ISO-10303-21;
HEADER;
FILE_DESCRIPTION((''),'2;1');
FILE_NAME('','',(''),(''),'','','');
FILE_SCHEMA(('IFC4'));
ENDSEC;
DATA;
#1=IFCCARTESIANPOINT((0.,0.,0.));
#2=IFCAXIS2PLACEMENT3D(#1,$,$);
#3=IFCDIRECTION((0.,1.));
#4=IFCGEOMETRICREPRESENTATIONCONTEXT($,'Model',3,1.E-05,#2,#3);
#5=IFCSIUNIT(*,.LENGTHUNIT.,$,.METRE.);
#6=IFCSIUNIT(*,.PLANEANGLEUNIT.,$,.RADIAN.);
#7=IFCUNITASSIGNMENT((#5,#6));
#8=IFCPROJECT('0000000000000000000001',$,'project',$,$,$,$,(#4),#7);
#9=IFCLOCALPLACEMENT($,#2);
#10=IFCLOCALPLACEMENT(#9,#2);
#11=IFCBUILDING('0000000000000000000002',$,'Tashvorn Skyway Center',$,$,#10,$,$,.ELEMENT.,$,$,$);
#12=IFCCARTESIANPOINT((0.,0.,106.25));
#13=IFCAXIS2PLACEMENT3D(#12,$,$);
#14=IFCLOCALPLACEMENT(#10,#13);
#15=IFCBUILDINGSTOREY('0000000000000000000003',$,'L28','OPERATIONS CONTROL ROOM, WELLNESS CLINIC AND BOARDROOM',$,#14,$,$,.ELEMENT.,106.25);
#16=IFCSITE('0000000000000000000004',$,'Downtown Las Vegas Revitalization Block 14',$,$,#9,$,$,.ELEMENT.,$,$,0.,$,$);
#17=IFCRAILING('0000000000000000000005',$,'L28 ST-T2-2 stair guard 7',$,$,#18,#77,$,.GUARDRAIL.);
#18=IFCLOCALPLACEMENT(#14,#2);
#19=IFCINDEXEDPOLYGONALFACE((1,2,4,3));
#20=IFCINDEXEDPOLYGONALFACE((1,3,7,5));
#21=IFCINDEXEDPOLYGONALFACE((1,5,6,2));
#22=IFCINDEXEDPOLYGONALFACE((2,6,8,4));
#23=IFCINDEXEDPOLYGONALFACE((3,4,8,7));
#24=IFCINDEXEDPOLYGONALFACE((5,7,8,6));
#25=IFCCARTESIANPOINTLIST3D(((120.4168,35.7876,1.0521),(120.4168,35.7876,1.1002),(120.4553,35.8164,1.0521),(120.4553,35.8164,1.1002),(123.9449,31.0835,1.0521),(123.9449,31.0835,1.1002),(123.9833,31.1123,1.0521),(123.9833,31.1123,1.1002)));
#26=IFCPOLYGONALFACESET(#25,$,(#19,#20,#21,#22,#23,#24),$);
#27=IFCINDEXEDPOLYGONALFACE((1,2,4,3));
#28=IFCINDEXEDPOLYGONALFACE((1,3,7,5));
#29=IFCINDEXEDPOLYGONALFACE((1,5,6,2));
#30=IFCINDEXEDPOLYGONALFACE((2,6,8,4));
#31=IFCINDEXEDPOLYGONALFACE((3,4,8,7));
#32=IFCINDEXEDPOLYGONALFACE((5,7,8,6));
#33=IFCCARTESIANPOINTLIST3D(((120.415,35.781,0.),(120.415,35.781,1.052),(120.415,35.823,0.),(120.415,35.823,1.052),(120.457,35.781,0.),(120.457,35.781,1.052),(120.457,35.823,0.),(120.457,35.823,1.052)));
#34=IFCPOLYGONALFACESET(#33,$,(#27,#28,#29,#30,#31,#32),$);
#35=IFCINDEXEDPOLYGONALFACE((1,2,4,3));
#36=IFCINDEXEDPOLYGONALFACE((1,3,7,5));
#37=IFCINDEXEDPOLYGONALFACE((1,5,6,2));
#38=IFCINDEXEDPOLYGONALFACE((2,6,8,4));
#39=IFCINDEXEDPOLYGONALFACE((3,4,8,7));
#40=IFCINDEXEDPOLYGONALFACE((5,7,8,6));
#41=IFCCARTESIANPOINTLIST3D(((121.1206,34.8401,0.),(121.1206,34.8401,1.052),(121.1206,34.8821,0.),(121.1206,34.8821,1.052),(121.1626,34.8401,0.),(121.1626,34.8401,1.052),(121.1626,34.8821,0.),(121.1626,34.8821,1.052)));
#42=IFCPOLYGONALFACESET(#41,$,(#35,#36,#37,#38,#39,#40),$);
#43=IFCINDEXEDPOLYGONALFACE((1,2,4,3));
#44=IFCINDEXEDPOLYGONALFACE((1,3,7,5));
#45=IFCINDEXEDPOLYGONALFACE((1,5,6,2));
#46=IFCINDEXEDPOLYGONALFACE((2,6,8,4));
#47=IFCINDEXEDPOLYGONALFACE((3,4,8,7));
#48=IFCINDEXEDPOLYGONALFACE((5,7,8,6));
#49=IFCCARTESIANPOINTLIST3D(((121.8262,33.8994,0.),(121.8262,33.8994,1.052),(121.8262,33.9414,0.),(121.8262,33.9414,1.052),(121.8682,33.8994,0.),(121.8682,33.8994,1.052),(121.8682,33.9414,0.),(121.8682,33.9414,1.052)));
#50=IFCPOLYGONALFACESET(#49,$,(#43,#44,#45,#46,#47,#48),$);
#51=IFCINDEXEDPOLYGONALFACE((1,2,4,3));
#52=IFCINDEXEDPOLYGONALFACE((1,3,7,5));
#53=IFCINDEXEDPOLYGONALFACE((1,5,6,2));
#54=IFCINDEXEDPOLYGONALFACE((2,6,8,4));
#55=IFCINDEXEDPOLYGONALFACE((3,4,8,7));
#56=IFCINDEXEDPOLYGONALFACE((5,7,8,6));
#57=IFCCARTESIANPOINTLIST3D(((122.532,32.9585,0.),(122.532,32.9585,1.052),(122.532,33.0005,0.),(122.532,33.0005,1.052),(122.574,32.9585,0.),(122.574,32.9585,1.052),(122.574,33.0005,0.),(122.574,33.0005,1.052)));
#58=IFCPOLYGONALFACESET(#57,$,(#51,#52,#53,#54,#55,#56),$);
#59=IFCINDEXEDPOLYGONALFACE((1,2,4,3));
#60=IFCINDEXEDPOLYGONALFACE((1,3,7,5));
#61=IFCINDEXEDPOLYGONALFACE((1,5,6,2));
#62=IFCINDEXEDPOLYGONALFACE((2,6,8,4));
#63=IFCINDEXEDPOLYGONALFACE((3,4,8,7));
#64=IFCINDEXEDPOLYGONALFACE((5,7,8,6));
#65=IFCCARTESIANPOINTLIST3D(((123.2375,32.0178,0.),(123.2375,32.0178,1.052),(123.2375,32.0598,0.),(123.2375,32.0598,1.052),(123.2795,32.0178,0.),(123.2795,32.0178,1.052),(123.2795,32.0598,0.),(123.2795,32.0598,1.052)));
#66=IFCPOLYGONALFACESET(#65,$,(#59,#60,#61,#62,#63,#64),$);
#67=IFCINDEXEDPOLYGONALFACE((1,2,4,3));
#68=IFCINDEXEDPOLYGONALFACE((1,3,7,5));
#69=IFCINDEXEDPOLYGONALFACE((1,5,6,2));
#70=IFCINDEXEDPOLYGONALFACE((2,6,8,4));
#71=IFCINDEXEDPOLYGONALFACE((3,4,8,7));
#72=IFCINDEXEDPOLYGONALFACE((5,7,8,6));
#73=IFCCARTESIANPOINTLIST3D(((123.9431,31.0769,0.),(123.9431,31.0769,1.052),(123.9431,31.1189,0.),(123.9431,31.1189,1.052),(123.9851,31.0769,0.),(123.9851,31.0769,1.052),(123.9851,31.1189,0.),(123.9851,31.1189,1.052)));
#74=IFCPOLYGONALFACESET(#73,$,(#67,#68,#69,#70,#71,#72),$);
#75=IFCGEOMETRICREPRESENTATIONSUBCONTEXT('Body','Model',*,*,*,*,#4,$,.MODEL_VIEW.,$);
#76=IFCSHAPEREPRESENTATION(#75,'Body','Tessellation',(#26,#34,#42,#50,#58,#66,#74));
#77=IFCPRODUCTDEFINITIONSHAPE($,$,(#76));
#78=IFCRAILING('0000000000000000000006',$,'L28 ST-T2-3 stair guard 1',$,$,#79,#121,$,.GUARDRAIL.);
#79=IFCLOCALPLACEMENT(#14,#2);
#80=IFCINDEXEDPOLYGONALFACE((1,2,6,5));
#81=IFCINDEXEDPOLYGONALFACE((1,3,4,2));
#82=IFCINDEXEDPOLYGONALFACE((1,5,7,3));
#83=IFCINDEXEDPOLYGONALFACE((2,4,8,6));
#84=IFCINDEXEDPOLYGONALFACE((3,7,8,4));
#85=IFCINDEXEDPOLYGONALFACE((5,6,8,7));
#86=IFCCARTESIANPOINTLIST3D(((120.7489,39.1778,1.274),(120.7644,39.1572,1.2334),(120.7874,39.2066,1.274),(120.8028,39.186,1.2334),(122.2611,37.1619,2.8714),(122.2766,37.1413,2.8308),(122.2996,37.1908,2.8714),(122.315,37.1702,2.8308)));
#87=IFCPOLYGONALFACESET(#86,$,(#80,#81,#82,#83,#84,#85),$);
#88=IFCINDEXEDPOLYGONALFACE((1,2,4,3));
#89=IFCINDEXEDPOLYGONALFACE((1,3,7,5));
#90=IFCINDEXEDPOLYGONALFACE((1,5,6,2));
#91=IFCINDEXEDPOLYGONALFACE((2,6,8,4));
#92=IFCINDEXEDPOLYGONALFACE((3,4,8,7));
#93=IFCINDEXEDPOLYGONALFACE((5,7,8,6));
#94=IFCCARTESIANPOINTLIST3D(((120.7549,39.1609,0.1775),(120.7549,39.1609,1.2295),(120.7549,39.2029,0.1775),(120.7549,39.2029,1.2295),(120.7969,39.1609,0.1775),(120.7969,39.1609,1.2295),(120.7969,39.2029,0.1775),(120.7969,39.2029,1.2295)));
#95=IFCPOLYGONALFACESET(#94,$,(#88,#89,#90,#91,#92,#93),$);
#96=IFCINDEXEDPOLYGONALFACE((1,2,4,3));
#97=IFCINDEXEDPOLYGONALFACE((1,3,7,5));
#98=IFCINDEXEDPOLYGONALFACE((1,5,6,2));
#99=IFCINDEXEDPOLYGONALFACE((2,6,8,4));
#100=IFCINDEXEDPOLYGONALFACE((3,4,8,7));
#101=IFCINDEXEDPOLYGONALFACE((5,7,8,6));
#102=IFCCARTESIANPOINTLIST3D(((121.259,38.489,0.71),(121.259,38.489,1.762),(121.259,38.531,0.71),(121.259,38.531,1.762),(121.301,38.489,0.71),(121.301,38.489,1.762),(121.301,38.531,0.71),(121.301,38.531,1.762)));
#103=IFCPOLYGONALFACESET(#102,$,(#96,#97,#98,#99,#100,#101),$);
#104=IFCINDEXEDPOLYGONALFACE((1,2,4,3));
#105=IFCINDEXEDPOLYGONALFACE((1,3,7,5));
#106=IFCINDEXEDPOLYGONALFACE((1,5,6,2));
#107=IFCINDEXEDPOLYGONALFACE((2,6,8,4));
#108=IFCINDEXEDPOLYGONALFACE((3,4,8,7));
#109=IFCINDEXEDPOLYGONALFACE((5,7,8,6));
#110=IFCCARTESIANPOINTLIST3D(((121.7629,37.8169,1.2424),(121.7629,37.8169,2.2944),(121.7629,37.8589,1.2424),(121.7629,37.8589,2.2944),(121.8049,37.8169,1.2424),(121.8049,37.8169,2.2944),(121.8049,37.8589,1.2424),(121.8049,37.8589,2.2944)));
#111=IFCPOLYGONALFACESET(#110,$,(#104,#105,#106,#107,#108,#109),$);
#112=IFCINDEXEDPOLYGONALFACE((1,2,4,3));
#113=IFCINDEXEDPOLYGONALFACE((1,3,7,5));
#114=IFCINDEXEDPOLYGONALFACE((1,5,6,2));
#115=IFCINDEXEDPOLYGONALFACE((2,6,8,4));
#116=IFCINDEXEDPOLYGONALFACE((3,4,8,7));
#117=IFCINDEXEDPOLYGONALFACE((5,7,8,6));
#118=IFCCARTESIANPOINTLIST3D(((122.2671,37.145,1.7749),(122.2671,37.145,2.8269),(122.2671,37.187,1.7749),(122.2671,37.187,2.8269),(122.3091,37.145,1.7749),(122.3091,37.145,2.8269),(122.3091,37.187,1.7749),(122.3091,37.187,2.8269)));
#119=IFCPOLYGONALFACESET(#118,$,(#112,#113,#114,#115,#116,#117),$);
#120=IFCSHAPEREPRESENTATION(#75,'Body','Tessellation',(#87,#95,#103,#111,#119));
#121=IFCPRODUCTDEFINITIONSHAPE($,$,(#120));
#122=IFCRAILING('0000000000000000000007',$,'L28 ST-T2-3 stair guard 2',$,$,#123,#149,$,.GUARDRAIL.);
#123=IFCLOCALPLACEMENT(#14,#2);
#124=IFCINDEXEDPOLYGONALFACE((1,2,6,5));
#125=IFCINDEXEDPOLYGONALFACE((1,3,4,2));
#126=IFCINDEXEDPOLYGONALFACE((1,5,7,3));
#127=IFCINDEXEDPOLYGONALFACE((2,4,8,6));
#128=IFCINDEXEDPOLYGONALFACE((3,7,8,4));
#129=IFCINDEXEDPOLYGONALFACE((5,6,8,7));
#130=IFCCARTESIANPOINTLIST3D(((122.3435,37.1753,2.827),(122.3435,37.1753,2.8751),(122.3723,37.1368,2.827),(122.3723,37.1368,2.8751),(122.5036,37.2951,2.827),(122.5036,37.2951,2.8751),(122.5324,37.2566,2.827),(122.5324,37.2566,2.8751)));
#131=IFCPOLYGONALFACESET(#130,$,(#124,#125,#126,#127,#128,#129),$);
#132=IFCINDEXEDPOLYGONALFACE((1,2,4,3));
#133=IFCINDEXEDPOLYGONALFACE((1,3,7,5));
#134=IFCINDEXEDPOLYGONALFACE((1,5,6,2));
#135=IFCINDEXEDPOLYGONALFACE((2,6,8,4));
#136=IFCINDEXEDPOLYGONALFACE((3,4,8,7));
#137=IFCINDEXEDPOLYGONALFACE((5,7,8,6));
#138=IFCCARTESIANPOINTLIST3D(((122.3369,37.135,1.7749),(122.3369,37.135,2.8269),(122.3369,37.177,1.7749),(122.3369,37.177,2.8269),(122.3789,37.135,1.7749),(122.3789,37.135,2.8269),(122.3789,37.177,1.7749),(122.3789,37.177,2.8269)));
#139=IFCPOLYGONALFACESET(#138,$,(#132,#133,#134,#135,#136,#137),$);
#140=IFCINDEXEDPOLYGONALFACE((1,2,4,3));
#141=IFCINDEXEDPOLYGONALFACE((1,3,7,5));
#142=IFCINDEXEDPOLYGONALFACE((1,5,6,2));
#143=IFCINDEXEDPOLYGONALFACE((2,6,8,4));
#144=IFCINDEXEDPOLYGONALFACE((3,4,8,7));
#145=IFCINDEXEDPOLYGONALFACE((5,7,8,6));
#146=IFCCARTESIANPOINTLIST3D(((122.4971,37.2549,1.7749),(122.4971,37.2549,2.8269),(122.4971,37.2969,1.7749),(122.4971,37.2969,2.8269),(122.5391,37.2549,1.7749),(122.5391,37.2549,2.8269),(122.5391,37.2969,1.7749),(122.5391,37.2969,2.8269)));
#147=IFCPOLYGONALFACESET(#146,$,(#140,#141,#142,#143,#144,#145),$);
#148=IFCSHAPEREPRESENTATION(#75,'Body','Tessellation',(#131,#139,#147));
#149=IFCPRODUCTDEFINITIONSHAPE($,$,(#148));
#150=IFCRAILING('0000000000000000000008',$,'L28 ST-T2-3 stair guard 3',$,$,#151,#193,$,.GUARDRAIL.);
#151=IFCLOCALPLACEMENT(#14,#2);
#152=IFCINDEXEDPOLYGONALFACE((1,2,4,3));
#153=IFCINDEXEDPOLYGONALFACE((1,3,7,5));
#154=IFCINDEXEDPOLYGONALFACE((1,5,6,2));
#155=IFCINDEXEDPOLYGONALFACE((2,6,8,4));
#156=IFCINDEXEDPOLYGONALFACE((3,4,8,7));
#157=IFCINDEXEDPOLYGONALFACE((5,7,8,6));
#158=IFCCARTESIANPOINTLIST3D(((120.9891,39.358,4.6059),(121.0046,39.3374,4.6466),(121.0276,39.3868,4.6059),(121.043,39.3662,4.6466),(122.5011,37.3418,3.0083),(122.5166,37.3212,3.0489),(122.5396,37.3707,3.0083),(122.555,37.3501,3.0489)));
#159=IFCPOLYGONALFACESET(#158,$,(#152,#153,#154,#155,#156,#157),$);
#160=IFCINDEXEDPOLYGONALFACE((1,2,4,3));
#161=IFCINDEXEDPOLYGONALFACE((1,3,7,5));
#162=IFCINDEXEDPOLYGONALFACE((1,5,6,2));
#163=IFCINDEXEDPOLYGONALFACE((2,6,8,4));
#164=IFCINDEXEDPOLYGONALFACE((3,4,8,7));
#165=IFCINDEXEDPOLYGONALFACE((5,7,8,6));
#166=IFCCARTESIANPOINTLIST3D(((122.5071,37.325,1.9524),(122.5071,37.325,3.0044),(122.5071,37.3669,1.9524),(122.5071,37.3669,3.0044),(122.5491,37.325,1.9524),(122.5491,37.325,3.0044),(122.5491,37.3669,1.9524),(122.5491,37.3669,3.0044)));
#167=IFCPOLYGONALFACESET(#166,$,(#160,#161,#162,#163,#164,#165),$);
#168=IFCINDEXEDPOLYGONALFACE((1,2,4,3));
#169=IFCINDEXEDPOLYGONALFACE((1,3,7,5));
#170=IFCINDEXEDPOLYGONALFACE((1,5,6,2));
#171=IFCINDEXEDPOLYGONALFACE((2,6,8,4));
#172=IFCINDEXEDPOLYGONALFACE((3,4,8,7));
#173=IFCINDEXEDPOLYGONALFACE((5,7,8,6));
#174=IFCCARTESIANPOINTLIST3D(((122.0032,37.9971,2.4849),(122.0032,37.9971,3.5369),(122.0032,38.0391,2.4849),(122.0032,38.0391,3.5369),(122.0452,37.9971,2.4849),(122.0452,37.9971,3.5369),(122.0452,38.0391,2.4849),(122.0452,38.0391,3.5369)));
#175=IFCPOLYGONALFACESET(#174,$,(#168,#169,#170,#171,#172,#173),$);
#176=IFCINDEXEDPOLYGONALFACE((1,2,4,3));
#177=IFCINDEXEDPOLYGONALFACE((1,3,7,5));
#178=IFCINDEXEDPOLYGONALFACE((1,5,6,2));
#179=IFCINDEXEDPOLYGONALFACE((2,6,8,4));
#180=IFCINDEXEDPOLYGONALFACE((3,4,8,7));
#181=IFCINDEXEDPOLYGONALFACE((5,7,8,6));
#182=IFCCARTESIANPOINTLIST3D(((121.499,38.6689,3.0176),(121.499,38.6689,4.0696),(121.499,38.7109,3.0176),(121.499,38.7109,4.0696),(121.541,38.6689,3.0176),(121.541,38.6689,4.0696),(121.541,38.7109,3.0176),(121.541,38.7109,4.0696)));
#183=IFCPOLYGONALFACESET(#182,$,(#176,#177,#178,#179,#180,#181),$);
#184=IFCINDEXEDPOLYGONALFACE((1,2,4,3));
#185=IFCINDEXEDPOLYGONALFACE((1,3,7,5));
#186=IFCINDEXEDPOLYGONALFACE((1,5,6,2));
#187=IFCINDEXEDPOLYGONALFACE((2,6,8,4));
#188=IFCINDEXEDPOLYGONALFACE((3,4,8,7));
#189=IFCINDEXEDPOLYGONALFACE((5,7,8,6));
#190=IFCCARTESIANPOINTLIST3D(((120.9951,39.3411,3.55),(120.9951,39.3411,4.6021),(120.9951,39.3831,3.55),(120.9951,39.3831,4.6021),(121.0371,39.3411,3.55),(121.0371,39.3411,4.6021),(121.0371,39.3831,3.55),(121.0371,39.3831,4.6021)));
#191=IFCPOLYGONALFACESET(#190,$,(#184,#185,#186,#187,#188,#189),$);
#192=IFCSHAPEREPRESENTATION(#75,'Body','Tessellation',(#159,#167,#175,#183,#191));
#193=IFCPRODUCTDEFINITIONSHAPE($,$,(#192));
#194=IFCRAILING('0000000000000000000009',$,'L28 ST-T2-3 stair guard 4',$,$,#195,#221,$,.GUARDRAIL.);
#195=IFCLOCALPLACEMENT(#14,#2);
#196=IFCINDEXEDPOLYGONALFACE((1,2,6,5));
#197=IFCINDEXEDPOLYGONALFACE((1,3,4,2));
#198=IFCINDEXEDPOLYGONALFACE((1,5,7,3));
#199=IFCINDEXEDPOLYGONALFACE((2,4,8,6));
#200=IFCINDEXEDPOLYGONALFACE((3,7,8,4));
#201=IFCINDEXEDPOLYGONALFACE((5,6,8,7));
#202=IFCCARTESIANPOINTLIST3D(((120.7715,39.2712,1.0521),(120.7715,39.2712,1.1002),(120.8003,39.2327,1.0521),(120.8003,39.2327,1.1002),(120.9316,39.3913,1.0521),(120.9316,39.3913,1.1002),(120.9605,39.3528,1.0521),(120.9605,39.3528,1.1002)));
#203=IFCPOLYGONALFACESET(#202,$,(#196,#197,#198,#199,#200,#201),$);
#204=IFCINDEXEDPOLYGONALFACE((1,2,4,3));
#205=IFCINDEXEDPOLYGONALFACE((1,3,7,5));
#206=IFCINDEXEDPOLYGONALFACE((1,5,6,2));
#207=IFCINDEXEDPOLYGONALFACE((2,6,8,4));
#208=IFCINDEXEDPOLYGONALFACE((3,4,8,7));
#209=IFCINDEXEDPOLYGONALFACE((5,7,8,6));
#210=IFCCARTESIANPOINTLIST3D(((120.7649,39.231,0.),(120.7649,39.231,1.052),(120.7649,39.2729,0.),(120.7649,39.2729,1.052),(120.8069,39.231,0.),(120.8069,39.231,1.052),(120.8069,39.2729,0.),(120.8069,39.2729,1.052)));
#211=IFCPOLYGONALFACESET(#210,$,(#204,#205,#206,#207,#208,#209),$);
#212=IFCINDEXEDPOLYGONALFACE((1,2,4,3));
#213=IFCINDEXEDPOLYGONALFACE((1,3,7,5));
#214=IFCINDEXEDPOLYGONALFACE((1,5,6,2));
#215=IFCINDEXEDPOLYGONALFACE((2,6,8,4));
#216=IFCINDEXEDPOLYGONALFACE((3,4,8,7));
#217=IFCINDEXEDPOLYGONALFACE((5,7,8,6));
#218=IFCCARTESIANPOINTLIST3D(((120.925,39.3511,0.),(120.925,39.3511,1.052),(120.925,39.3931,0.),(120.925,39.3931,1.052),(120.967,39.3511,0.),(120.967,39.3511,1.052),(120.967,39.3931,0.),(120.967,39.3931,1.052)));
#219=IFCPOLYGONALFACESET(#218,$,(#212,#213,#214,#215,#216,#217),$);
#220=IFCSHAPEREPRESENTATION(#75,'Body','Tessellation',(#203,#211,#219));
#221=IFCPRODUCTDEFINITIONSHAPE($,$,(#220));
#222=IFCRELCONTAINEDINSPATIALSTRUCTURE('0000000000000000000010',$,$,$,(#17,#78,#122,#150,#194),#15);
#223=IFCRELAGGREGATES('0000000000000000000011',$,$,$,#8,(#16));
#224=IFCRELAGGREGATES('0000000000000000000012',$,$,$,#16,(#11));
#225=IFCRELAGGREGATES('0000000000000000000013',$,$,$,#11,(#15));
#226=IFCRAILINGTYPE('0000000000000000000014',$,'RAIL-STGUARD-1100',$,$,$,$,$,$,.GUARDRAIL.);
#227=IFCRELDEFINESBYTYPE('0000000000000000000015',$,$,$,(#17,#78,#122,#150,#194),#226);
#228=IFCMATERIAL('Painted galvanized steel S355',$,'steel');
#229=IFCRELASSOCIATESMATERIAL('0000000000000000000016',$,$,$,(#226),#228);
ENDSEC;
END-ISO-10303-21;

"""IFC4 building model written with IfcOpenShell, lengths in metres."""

from ifc_helpers import new_model, si_unit, direction, frame, origin, origin_2d, place, context, subcontext, project, spatial, rectangle, extrude, material, type_object, element, save


model = new_model("IFC4")

# Units and contexts
model_context = context("Model", 3, precision=1e-05, world=origin(), true_north=direction((0.0, 1.0)))
body_context = subcontext(model_context, "Body", "Model", "MODEL_VIEW")
ifc_project = project(units=[si_unit("LENGTHUNIT", "METRE"), si_unit("PLANEANGLEUNIT", "RADIAN")], contexts=[model_context])

# Site, building, storey
site_placement = place(None, origin())
site = spatial("IfcSite", under=ifc_project, at=site_placement, Name="Downtown Las Vegas Revitalization Block 14", CompositionType="ELEMENT", RefElevation=0.0)
building_placement = place(site_placement, origin())
building = spatial("IfcBuilding", under=site, at=building_placement, Name="Tashvorn Skyway Center", CompositionType="ELEMENT")
storey_placement = place(building_placement, frame((0.0, 0.0, 106.25)))
storey = spatial("IfcBuildingStorey", under=building, at=storey_placement, Name="L28", Description="OPERATIONS CONTROL ROOM, WELLNESS CLINIC AND BOARDROOM", CompositionType="ELEMENT", Elevation=106.25)

# Railings
ifc_material_1 = material(Name="Painted galvanized steel S355", Category="steel")
railing_type_1 = type_object("IfcRailingType", Name="RAIL-STGUARD-1100", PredefinedType="GUARDRAIL", material=ifc_material_1)
railing_1_placement = place(storey_placement, frame((120.436, 35.802, 0.0)))
element("IfcRailing", 1, at=railing_1_placement, inside=storey, type_object=railing_type_1, Name="L28 ST-T2-2 stair guard 7", PredefinedType="GUARDRAIL", context=body_context, shape_type="SweptSolid", body=[
    extrude(rectangle(XDim=0.0481, YDim=0.0481, at=origin_2d()), frame((0.0, 0.0, 1.0762), z_axis=(0.6, -0.8, 0.0), x_axis=(0.8, 0.6, 0.0)), (0.0, 0.0, 1.0), 5.8801),
    extrude(rectangle(XDim=0.042, YDim=0.042, at=origin_2d()), origin(), (0.0, 0.0, 1.0), 1.052),
    extrude(rectangle(XDim=0.042, YDim=0.042, at=origin_2d()), frame((0.7056, -0.9409, 0.0)), (0.0, 0.0, 1.0), 1.052),
    extrude(rectangle(XDim=0.042, YDim=0.042, at=origin_2d()), frame((1.4111, -1.8816, 0.0)), (0.0, 0.0, 1.0), 1.052),
    extrude(rectangle(XDim=0.042, YDim=0.042, at=origin_2d()), frame((2.1169, -2.8225, 0.0)), (0.0, 0.0, 1.0), 1.052),
    extrude(rectangle(XDim=0.042, YDim=0.042, at=origin_2d()), frame((2.8225, -3.7632, 0.0)), (0.0, 0.0, 1.0), 1.052),
    extrude(rectangle(XDim=0.042, YDim=0.042, at=origin_2d()), frame((3.5281, -4.7041, 0.0)), (0.0, 0.0, 1.0), 1.052),
])
railing_2_placement = place(storey_placement, frame((120.7759, 39.1819, 0.1775)))
element("IfcRailing", 2, at=railing_2_placement, inside=storey, type_object=railing_type_1, Name="L28 ST-T2-3 stair guard 1", PredefinedType="GUARDRAIL", context=body_context, shape_type="SweptSolid", body=[
    extrude(rectangle(XDim=0.0481, YDim=0.0481, at=origin_2d()), frame((0.0, 0.0, 1.0762), z_axis=(0.50683, -0.675636, 0.535387), x_axis=(0.799942, 0.600078, 0.0)), (0.0, 0.0, 1.0), 2.9836),
    extrude(rectangle(XDim=0.042, YDim=0.042, at=origin_2d()), origin(), (0.0, 0.0, 1.0), 1.052),
    extrude(rectangle(XDim=0.042, YDim=0.042, at=origin_2d()), frame((0.5042, -0.6719, 0.5325)), (0.0, 0.0, 1.0), 1.052),
    extrude(rectangle(XDim=0.042, YDim=0.042, at=origin_2d()), frame((1.0081, -1.344, 1.0649)), (0.0, 0.0, 1.0), 1.052),
    extrude(rectangle(XDim=0.042, YDim=0.042, at=origin_2d()), frame((1.5122, -2.0159, 1.5974)), (0.0, 0.0, 1.0), 1.052),
])
railing_3_placement = place(storey_placement, frame((122.3579, 37.156, 1.7749)))
element("IfcRailing", 3, at=railing_3_placement, inside=storey, type_object=railing_type_1, Name="L28 ST-T2-3 stair guard 2", PredefinedType="GUARDRAIL", context=body_context, shape_type="SweptSolid", body=[
    extrude(rectangle(XDim=0.0481, YDim=0.0481, at=origin_2d()), frame((0.0, 0.0, 1.0762), z_axis=(0.800585, 0.599219, 0.0), x_axis=(-0.599219, 0.800585, 0.0)), (0.0, 0.0, 1.0), 0.2),
    extrude(rectangle(XDim=0.042, YDim=0.042, at=origin_2d()), origin(), (0.0, 0.0, 1.0), 1.052),
    extrude(rectangle(XDim=0.042, YDim=0.042, at=origin_2d()), frame((0.1602, 0.1199, 0.0)), (0.0, 0.0, 1.0), 1.052),
])
railing_4_placement = place(storey_placement, frame((122.5281, 37.3459, 1.9524)))
element("IfcRailing", 4, at=railing_4_placement, inside=storey, type_object=railing_type_1, Name="L28 ST-T2-3 stair guard 3", PredefinedType="GUARDRAIL", context=body_context, shape_type="SweptSolid", body=[
    extrude(rectangle(XDim=0.0481, YDim=0.0481, at=origin_2d()), frame((0.0, 0.0, 1.0762), z_axis=(-0.506719, 0.675679, 0.535438), x_axis=(-0.800023, -0.599969, 0.0)), (0.0, 0.0, 1.0), 2.9839),
    extrude(rectangle(XDim=0.042, YDim=0.042, at=origin_2d()), origin(), (0.0, 0.0, 1.0), 1.052),
    extrude(rectangle(XDim=0.042, YDim=0.042, at=origin_2d()), frame((-0.5039, 0.6721, 0.5325)), (0.0, 0.0, 1.0), 1.052),
    extrude(rectangle(XDim=0.042, YDim=0.042, at=origin_2d()), frame((-1.0081, 1.344, 1.0652)), (0.0, 0.0, 1.0), 1.052),
    extrude(rectangle(XDim=0.042, YDim=0.042, at=origin_2d()), frame((-1.512, 2.0161, 1.5977)), (0.0, 0.0, 1.0), 1.052),
])
railing_5_placement = place(storey_placement, frame((120.7859, 39.252, 0.0)))
element("IfcRailing", 5, at=railing_5_placement, inside=storey, type_object=railing_type_1, Name="L28 ST-T2-3 stair guard 4", PredefinedType="GUARDRAIL", context=body_context, shape_type="SweptSolid", body=[
    extrude(rectangle(XDim=0.0481, YDim=0.0481, at=origin_2d()), frame((0.0, 0.0, 1.0762), z_axis=(0.8, 0.6, 0.0), x_axis=(-0.6, 0.8, 0.0)), (0.0, 0.0, 1.0), 0.2002),
    extrude(rectangle(XDim=0.042, YDim=0.042, at=origin_2d()), origin(), (0.0, 0.0, 1.0), 1.052),
    extrude(rectangle(XDim=0.042, YDim=0.042, at=origin_2d()), frame((0.1602, 0.1201, 0.0)), (0.0, 0.0, 1.0), 1.052),
])

save(model, "model.ifc")
